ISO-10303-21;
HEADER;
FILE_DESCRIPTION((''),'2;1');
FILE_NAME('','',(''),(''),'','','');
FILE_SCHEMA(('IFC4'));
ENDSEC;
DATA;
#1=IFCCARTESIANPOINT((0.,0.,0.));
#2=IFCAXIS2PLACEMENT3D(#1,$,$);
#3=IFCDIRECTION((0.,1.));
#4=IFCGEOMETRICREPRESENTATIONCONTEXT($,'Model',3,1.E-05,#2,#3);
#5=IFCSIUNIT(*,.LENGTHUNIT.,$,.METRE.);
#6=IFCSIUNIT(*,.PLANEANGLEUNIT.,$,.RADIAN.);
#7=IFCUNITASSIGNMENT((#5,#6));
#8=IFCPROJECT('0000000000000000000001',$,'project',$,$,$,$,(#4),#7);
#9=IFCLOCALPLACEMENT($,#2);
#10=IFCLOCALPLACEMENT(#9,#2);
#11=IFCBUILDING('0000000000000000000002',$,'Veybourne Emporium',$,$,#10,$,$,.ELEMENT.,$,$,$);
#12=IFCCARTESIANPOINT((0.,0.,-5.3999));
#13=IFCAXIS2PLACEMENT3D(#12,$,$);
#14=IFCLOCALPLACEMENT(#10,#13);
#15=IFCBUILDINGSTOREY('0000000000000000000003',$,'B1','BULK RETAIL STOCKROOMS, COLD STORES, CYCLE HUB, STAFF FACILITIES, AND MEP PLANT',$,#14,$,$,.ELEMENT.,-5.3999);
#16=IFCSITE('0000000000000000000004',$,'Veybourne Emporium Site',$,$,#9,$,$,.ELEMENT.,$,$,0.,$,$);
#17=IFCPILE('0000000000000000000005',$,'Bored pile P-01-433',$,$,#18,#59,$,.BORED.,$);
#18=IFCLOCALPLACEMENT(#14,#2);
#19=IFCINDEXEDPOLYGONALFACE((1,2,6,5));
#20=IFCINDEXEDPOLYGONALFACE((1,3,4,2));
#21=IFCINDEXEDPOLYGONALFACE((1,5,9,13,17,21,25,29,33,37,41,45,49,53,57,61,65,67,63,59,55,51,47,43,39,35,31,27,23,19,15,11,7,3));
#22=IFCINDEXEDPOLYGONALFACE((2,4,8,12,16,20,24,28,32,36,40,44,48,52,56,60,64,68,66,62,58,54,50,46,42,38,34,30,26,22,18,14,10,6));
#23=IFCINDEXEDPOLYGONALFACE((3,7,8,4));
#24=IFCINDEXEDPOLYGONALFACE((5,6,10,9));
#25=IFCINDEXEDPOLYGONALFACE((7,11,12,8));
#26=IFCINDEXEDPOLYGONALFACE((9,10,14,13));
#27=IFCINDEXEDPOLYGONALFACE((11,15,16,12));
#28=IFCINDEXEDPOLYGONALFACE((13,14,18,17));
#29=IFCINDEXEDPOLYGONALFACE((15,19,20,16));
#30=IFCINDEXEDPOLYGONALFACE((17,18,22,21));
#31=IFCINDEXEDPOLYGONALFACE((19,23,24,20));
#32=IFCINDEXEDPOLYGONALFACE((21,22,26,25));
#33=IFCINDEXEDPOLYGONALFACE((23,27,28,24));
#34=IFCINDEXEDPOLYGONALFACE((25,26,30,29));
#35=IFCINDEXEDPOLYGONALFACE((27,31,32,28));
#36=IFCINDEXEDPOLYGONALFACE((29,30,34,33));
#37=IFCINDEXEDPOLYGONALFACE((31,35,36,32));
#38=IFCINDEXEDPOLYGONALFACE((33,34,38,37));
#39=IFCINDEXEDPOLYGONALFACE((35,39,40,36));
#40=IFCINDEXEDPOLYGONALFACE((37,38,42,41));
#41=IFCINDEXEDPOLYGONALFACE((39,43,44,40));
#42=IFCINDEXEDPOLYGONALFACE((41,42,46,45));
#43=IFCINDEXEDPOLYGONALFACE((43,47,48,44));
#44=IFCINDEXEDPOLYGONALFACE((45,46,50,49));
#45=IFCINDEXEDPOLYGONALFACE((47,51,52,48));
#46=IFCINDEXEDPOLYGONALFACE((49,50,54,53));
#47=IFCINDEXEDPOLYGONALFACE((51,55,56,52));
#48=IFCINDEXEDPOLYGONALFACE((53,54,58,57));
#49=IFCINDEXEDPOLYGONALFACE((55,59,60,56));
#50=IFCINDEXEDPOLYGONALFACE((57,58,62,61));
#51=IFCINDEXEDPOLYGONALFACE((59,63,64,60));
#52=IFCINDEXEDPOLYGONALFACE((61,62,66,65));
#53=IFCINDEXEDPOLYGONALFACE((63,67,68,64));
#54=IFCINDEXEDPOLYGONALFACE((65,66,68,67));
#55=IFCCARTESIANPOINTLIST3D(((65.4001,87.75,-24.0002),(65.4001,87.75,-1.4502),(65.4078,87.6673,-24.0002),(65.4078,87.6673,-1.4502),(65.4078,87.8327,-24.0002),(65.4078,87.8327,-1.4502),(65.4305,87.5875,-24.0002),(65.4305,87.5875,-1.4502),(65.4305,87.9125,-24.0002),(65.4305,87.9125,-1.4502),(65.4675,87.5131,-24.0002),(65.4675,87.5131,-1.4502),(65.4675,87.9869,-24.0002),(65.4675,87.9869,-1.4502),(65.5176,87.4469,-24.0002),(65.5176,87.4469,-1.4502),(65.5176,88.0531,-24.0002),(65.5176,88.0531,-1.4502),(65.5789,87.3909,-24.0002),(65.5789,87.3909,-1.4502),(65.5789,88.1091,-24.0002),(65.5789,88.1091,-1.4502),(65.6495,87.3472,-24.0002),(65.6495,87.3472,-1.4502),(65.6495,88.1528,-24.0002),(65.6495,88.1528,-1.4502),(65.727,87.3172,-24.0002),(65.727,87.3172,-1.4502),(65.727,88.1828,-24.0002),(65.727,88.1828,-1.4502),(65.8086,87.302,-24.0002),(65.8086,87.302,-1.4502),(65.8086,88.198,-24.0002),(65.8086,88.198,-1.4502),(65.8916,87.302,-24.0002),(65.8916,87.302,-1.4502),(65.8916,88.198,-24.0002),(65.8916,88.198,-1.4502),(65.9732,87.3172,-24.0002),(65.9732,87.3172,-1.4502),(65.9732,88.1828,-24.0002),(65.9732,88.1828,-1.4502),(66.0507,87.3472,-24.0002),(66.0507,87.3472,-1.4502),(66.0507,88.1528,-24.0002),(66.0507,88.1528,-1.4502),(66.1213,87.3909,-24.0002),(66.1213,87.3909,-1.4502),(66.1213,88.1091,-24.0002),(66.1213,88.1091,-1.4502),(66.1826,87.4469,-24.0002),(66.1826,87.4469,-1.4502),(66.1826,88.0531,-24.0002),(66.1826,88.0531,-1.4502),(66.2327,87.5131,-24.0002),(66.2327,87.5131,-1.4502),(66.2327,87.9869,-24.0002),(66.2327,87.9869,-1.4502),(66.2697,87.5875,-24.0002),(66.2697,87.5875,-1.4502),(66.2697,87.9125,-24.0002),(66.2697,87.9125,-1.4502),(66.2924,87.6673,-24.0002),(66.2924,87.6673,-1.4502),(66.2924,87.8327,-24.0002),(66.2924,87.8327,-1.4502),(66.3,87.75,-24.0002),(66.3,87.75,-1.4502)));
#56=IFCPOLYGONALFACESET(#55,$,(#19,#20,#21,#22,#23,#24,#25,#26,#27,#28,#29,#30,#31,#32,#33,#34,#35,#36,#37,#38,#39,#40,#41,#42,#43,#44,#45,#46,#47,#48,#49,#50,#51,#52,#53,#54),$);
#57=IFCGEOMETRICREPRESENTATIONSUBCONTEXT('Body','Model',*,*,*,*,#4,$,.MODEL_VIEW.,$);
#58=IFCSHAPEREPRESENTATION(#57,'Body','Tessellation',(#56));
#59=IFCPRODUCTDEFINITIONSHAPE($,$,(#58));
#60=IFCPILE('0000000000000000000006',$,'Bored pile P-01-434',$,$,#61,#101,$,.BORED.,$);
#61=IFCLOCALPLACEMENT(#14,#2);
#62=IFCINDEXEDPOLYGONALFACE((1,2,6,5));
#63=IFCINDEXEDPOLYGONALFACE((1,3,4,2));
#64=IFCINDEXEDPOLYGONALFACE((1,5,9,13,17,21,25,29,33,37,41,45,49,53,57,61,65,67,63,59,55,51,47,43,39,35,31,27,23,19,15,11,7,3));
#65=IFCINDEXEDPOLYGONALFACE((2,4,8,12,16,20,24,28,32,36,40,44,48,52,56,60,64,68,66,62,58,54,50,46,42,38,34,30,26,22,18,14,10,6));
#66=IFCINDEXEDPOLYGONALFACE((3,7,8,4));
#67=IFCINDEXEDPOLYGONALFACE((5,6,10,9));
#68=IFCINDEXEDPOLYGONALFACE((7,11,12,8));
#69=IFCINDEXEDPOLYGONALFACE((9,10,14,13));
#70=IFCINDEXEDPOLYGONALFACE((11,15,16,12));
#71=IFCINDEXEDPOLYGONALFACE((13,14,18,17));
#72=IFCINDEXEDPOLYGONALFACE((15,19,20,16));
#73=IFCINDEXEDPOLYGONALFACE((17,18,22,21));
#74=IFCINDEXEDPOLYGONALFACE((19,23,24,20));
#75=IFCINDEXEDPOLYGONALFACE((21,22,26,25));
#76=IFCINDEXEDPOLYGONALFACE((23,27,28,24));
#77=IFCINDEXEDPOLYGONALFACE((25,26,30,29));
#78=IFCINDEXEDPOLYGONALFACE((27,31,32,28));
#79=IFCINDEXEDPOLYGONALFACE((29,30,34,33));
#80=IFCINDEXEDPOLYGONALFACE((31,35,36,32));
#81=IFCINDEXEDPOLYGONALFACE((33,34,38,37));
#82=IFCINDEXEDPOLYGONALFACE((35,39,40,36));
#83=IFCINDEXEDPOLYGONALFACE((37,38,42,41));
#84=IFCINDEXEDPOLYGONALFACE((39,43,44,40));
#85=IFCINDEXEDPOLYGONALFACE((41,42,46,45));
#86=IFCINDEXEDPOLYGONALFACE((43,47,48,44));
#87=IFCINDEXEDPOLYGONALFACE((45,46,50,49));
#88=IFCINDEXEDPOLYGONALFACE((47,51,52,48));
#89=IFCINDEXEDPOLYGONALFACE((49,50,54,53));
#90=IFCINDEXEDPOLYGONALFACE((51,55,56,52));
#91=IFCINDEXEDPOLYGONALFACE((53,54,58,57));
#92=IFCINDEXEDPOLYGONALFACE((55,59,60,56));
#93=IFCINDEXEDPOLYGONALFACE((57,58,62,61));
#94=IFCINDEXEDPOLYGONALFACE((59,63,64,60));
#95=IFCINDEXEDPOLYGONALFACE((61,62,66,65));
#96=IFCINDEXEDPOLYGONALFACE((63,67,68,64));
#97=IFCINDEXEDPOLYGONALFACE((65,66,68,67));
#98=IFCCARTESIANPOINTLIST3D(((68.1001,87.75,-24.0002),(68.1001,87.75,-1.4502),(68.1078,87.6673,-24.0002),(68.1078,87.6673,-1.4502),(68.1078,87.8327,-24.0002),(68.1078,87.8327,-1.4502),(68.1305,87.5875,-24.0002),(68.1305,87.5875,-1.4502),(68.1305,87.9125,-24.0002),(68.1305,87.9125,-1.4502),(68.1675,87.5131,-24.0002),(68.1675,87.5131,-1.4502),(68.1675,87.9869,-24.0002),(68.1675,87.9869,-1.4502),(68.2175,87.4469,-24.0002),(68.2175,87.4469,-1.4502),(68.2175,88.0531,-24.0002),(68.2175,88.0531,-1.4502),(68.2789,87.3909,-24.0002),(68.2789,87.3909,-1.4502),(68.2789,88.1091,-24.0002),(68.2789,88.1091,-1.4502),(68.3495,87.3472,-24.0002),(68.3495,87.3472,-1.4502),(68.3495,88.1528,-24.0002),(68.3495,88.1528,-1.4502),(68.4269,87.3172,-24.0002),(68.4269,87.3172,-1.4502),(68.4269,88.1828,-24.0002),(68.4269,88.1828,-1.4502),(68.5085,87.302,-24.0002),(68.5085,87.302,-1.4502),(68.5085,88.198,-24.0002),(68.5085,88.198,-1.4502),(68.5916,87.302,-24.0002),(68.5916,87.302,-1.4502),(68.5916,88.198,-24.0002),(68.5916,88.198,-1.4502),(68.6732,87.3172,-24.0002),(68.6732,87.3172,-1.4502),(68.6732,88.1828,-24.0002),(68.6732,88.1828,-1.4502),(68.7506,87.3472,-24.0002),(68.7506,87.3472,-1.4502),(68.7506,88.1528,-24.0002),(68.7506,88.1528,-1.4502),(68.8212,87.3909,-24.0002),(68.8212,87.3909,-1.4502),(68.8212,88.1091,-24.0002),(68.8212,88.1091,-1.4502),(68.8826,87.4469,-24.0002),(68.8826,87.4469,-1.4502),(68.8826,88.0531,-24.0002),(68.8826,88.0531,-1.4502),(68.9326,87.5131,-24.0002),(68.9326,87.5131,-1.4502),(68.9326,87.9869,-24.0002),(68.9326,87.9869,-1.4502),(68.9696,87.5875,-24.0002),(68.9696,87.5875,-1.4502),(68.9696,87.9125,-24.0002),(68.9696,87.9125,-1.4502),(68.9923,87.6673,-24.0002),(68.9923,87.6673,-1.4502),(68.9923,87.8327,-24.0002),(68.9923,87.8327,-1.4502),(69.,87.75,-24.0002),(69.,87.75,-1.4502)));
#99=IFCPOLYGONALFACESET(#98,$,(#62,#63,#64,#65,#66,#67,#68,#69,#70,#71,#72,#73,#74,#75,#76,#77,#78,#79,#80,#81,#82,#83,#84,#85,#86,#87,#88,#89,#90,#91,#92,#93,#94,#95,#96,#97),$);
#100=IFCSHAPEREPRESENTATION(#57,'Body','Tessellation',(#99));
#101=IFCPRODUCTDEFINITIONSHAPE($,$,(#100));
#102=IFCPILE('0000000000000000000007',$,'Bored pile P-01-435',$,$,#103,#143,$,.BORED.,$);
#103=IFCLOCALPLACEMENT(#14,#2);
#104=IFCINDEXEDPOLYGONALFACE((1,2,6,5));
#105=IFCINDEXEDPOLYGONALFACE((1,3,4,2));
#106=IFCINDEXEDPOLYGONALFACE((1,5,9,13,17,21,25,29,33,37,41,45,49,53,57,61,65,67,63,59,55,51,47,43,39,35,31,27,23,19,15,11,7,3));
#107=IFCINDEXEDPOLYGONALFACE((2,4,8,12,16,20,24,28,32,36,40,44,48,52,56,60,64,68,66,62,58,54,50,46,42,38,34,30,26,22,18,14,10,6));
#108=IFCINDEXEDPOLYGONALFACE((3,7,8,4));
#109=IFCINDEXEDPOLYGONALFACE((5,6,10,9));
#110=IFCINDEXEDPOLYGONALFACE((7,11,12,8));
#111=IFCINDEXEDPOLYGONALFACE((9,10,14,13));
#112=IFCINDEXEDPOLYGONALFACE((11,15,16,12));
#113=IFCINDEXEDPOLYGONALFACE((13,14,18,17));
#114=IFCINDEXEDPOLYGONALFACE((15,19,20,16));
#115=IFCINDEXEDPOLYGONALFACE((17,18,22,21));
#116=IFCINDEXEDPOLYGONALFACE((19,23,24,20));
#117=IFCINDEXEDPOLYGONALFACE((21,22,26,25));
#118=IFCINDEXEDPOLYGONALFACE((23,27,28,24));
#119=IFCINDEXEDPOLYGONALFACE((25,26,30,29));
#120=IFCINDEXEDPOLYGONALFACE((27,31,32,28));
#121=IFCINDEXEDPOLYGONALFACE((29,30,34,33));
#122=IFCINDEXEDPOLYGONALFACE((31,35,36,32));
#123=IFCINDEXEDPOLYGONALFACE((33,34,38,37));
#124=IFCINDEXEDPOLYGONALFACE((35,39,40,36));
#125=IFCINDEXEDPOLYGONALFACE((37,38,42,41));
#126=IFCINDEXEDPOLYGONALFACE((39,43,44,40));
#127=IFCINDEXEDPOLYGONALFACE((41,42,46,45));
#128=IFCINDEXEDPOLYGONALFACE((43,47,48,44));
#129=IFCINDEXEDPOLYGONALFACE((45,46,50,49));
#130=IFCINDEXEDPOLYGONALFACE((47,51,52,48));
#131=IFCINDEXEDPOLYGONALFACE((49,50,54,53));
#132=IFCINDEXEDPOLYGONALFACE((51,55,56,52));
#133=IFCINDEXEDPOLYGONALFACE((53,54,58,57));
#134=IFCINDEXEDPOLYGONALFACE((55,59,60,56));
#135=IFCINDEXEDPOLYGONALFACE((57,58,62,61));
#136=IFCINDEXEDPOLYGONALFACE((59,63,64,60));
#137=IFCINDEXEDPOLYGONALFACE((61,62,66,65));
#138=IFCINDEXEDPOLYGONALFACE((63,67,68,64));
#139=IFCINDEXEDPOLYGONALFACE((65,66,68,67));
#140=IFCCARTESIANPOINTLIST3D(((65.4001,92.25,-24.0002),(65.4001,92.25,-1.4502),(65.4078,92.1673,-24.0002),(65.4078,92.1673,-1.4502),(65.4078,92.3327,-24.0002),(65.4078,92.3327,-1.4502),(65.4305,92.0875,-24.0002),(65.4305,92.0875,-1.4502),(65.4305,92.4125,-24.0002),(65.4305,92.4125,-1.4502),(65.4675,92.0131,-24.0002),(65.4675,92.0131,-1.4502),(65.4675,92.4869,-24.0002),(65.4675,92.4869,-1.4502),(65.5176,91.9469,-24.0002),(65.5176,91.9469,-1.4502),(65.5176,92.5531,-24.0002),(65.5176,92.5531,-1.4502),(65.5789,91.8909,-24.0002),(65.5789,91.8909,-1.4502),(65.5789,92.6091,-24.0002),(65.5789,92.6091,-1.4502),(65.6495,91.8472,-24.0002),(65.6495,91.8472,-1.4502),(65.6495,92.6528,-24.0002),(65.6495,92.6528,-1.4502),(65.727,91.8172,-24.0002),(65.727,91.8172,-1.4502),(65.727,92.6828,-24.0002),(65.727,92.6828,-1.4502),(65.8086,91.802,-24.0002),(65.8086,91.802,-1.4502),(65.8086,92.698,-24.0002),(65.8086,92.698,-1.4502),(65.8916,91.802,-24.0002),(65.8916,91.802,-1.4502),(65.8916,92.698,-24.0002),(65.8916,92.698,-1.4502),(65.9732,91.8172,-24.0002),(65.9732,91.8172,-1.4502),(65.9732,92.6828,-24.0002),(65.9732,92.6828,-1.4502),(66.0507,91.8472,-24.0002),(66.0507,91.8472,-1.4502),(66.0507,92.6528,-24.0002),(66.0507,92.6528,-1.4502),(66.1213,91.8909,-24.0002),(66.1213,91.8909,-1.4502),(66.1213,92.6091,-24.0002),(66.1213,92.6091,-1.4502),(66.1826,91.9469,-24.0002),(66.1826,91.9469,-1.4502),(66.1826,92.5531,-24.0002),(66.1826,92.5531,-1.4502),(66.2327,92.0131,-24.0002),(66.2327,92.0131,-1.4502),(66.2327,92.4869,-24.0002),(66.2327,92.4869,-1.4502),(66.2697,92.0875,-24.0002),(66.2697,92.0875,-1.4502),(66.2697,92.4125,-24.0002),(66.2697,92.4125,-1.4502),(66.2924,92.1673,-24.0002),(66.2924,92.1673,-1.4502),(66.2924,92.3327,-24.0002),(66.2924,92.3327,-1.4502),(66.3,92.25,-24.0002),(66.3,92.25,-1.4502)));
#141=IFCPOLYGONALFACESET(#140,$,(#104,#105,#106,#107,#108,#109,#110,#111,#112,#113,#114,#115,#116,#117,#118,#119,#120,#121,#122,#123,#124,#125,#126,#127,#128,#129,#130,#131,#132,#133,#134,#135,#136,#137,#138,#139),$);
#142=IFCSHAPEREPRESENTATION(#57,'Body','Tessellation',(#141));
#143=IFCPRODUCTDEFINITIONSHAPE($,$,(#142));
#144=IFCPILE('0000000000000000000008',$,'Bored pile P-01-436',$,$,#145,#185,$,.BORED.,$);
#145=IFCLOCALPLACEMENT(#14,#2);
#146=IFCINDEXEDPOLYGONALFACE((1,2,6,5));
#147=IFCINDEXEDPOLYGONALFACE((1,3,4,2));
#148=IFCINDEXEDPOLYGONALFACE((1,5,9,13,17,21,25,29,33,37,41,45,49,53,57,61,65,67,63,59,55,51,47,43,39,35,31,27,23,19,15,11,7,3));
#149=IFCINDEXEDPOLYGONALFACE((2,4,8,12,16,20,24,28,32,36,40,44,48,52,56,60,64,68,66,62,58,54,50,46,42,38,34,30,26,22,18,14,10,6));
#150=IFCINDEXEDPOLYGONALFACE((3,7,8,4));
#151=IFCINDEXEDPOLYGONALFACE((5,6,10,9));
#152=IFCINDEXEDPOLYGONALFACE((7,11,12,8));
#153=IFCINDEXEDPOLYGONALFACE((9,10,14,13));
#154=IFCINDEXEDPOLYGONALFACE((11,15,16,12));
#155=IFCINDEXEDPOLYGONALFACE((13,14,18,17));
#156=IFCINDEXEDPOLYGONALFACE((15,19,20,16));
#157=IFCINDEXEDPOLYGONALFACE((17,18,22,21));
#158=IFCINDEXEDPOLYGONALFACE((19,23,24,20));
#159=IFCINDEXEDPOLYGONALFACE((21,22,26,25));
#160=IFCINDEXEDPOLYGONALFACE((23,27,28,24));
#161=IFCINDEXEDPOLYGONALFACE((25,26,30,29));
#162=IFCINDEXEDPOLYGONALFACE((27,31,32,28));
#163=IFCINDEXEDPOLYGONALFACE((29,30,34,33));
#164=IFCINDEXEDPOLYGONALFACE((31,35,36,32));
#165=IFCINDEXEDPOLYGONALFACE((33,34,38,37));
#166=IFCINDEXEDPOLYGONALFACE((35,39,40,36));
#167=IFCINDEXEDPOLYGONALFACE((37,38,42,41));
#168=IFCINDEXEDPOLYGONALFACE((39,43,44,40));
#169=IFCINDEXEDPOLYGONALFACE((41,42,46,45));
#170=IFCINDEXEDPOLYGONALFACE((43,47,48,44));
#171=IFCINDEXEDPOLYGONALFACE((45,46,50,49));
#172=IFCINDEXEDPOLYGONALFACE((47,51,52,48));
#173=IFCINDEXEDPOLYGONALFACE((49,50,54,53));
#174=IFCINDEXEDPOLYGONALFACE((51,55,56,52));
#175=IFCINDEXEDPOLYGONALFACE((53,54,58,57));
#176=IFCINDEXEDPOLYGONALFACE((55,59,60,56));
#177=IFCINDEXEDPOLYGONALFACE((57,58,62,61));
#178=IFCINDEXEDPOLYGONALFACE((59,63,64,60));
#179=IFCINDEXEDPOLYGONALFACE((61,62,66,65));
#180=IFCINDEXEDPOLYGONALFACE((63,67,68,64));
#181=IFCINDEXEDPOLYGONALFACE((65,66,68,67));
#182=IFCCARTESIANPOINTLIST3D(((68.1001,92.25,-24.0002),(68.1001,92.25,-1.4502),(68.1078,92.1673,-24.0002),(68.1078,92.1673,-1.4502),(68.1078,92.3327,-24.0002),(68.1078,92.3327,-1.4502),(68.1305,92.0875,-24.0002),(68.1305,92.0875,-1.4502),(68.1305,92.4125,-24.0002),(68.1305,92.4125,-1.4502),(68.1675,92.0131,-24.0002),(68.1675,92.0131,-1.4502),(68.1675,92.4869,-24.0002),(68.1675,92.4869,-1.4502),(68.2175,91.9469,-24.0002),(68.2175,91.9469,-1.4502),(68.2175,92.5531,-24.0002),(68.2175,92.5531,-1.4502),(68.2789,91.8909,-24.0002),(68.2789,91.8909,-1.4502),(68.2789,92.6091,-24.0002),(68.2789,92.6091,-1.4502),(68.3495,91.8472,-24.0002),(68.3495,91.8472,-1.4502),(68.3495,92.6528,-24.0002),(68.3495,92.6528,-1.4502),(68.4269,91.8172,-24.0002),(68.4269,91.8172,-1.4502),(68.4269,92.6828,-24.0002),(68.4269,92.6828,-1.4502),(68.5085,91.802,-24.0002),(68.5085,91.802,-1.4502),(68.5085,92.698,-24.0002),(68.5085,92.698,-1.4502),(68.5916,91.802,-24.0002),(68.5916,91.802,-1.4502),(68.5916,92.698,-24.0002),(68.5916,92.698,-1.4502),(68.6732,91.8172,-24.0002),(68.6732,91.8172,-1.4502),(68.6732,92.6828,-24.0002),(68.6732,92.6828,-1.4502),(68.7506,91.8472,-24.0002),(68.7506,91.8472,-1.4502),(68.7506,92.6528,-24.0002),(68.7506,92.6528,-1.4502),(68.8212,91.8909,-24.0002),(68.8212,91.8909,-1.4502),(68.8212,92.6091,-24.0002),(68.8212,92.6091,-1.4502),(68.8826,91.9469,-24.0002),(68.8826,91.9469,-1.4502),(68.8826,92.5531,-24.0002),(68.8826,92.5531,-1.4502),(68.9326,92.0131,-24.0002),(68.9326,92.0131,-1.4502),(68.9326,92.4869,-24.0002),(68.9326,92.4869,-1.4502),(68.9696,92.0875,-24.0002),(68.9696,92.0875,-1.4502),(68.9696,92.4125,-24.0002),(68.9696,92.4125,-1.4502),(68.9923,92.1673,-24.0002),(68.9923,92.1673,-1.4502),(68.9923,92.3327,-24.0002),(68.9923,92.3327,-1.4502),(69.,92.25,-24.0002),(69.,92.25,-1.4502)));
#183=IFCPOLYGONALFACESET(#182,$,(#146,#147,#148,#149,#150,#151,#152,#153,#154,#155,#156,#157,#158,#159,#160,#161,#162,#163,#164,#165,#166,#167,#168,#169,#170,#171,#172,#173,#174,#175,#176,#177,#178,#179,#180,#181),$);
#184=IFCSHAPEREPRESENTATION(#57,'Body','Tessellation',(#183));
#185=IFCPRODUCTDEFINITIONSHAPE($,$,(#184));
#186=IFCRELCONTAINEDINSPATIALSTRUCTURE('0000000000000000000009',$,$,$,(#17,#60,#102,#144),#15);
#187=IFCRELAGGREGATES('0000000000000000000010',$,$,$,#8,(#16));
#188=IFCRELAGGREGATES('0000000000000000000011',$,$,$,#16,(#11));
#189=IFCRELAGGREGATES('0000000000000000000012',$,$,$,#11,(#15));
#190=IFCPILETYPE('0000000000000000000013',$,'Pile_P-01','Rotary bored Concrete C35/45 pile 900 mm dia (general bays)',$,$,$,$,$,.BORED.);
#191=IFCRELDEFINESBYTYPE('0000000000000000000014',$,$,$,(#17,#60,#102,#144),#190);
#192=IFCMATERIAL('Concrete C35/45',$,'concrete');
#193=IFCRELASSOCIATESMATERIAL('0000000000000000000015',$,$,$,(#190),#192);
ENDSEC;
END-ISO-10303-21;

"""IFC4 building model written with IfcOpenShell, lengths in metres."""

from ifc_helpers import new_model, si_unit, direction, frame, origin, origin_2d, place, context, subcontext, project, spatial, circle, extrude, material, material_profile, profile_set, type_object, element, save


model = new_model("IFC4")

# Units and contexts
model_context = context("Model", 3, precision=1e-05, world=origin(), true_north=direction((0.0, 1.0)))
body_context = subcontext(model_context, "Body", "Model", "MODEL_VIEW")
ifc_project = project(units=[si_unit("LENGTHUNIT", "METRE"), si_unit("PLANEANGLEUNIT", "RADIAN")], contexts=[model_context])

# Site, building, storey
site_placement = place(None, origin())
site = spatial("IfcSite", under=ifc_project, at=site_placement, Name="Veybourne Emporium Site", CompositionType="ELEMENT", RefElevation=0.0)
building_placement = place(site_placement, origin())
building = spatial("IfcBuilding", under=site, at=building_placement, Name="Veybourne Emporium", CompositionType="ELEMENT")
storey_placement = place(building_placement, frame((0.0, 0.0, -5.3999)))
storey = spatial("IfcBuildingStorey", under=building, at=storey_placement, Name="B1", Description="BULK RETAIL STOCKROOMS, COLD STORES, CYCLE HUB, STAFF FACILITIES, AND MEP PLANT", CompositionType="ELEMENT", Elevation=-5.3999)

# Shared definitions
ifc_material_1 = material(Name="Concrete C35/45", Category="concrete")

# Piles
ifc_material_profile_1 = material_profile(ifc_material_1, circle(Radius=0.45, at=origin_2d()), Name="BORED PILE 900")
ifc_profile_set_1 = profile_set([ifc_material_profile_1], Name="Concrete C35/45")
pile_type = type_object("IfcPileType", Name="Pile_P-01", Description="Rotary bored Concrete C35/45 pile 900 mm dia (general bays)", PredefinedType="BORED", material=ifc_profile_set_1)
for number, where, z_axis, x_axis, name in (
    (1, (65.8501, 87.75, -1.4502), (0.0, 0.0, -1.0), (1.0, 0.0, 0.0), "Bored pile P-01-433"),
    (2, (68.55, 87.75, -1.4502), (0.0, 0.0, -1.0), (1.0, 0.0, 0.0), "Bored pile P-01-434"),
    (3, (65.8501, 92.25, -1.4502), (0.0, 0.0, -1.0), (1.0, 0.0, 0.0), "Bored pile P-01-435"),
    (4, (68.55, 92.25, -1.4502), (0.0, 0.0, -1.0), (1.0, 0.0, 0.0), "Bored pile P-01-436"),
):
    element("IfcPile", number, at=place(storey_placement, frame(where, z_axis=z_axis, x_axis=x_axis)), inside=storey, type_object=pile_type, Name=name, PredefinedType="BORED", context=body_context, shape_type="SweptSolid", body=[
        extrude(circle(Radius=0.45, at=origin_2d()), origin(), (0.0, 0.0, 1.0), 22.55),
    ])

save(model, "model.ifc")
